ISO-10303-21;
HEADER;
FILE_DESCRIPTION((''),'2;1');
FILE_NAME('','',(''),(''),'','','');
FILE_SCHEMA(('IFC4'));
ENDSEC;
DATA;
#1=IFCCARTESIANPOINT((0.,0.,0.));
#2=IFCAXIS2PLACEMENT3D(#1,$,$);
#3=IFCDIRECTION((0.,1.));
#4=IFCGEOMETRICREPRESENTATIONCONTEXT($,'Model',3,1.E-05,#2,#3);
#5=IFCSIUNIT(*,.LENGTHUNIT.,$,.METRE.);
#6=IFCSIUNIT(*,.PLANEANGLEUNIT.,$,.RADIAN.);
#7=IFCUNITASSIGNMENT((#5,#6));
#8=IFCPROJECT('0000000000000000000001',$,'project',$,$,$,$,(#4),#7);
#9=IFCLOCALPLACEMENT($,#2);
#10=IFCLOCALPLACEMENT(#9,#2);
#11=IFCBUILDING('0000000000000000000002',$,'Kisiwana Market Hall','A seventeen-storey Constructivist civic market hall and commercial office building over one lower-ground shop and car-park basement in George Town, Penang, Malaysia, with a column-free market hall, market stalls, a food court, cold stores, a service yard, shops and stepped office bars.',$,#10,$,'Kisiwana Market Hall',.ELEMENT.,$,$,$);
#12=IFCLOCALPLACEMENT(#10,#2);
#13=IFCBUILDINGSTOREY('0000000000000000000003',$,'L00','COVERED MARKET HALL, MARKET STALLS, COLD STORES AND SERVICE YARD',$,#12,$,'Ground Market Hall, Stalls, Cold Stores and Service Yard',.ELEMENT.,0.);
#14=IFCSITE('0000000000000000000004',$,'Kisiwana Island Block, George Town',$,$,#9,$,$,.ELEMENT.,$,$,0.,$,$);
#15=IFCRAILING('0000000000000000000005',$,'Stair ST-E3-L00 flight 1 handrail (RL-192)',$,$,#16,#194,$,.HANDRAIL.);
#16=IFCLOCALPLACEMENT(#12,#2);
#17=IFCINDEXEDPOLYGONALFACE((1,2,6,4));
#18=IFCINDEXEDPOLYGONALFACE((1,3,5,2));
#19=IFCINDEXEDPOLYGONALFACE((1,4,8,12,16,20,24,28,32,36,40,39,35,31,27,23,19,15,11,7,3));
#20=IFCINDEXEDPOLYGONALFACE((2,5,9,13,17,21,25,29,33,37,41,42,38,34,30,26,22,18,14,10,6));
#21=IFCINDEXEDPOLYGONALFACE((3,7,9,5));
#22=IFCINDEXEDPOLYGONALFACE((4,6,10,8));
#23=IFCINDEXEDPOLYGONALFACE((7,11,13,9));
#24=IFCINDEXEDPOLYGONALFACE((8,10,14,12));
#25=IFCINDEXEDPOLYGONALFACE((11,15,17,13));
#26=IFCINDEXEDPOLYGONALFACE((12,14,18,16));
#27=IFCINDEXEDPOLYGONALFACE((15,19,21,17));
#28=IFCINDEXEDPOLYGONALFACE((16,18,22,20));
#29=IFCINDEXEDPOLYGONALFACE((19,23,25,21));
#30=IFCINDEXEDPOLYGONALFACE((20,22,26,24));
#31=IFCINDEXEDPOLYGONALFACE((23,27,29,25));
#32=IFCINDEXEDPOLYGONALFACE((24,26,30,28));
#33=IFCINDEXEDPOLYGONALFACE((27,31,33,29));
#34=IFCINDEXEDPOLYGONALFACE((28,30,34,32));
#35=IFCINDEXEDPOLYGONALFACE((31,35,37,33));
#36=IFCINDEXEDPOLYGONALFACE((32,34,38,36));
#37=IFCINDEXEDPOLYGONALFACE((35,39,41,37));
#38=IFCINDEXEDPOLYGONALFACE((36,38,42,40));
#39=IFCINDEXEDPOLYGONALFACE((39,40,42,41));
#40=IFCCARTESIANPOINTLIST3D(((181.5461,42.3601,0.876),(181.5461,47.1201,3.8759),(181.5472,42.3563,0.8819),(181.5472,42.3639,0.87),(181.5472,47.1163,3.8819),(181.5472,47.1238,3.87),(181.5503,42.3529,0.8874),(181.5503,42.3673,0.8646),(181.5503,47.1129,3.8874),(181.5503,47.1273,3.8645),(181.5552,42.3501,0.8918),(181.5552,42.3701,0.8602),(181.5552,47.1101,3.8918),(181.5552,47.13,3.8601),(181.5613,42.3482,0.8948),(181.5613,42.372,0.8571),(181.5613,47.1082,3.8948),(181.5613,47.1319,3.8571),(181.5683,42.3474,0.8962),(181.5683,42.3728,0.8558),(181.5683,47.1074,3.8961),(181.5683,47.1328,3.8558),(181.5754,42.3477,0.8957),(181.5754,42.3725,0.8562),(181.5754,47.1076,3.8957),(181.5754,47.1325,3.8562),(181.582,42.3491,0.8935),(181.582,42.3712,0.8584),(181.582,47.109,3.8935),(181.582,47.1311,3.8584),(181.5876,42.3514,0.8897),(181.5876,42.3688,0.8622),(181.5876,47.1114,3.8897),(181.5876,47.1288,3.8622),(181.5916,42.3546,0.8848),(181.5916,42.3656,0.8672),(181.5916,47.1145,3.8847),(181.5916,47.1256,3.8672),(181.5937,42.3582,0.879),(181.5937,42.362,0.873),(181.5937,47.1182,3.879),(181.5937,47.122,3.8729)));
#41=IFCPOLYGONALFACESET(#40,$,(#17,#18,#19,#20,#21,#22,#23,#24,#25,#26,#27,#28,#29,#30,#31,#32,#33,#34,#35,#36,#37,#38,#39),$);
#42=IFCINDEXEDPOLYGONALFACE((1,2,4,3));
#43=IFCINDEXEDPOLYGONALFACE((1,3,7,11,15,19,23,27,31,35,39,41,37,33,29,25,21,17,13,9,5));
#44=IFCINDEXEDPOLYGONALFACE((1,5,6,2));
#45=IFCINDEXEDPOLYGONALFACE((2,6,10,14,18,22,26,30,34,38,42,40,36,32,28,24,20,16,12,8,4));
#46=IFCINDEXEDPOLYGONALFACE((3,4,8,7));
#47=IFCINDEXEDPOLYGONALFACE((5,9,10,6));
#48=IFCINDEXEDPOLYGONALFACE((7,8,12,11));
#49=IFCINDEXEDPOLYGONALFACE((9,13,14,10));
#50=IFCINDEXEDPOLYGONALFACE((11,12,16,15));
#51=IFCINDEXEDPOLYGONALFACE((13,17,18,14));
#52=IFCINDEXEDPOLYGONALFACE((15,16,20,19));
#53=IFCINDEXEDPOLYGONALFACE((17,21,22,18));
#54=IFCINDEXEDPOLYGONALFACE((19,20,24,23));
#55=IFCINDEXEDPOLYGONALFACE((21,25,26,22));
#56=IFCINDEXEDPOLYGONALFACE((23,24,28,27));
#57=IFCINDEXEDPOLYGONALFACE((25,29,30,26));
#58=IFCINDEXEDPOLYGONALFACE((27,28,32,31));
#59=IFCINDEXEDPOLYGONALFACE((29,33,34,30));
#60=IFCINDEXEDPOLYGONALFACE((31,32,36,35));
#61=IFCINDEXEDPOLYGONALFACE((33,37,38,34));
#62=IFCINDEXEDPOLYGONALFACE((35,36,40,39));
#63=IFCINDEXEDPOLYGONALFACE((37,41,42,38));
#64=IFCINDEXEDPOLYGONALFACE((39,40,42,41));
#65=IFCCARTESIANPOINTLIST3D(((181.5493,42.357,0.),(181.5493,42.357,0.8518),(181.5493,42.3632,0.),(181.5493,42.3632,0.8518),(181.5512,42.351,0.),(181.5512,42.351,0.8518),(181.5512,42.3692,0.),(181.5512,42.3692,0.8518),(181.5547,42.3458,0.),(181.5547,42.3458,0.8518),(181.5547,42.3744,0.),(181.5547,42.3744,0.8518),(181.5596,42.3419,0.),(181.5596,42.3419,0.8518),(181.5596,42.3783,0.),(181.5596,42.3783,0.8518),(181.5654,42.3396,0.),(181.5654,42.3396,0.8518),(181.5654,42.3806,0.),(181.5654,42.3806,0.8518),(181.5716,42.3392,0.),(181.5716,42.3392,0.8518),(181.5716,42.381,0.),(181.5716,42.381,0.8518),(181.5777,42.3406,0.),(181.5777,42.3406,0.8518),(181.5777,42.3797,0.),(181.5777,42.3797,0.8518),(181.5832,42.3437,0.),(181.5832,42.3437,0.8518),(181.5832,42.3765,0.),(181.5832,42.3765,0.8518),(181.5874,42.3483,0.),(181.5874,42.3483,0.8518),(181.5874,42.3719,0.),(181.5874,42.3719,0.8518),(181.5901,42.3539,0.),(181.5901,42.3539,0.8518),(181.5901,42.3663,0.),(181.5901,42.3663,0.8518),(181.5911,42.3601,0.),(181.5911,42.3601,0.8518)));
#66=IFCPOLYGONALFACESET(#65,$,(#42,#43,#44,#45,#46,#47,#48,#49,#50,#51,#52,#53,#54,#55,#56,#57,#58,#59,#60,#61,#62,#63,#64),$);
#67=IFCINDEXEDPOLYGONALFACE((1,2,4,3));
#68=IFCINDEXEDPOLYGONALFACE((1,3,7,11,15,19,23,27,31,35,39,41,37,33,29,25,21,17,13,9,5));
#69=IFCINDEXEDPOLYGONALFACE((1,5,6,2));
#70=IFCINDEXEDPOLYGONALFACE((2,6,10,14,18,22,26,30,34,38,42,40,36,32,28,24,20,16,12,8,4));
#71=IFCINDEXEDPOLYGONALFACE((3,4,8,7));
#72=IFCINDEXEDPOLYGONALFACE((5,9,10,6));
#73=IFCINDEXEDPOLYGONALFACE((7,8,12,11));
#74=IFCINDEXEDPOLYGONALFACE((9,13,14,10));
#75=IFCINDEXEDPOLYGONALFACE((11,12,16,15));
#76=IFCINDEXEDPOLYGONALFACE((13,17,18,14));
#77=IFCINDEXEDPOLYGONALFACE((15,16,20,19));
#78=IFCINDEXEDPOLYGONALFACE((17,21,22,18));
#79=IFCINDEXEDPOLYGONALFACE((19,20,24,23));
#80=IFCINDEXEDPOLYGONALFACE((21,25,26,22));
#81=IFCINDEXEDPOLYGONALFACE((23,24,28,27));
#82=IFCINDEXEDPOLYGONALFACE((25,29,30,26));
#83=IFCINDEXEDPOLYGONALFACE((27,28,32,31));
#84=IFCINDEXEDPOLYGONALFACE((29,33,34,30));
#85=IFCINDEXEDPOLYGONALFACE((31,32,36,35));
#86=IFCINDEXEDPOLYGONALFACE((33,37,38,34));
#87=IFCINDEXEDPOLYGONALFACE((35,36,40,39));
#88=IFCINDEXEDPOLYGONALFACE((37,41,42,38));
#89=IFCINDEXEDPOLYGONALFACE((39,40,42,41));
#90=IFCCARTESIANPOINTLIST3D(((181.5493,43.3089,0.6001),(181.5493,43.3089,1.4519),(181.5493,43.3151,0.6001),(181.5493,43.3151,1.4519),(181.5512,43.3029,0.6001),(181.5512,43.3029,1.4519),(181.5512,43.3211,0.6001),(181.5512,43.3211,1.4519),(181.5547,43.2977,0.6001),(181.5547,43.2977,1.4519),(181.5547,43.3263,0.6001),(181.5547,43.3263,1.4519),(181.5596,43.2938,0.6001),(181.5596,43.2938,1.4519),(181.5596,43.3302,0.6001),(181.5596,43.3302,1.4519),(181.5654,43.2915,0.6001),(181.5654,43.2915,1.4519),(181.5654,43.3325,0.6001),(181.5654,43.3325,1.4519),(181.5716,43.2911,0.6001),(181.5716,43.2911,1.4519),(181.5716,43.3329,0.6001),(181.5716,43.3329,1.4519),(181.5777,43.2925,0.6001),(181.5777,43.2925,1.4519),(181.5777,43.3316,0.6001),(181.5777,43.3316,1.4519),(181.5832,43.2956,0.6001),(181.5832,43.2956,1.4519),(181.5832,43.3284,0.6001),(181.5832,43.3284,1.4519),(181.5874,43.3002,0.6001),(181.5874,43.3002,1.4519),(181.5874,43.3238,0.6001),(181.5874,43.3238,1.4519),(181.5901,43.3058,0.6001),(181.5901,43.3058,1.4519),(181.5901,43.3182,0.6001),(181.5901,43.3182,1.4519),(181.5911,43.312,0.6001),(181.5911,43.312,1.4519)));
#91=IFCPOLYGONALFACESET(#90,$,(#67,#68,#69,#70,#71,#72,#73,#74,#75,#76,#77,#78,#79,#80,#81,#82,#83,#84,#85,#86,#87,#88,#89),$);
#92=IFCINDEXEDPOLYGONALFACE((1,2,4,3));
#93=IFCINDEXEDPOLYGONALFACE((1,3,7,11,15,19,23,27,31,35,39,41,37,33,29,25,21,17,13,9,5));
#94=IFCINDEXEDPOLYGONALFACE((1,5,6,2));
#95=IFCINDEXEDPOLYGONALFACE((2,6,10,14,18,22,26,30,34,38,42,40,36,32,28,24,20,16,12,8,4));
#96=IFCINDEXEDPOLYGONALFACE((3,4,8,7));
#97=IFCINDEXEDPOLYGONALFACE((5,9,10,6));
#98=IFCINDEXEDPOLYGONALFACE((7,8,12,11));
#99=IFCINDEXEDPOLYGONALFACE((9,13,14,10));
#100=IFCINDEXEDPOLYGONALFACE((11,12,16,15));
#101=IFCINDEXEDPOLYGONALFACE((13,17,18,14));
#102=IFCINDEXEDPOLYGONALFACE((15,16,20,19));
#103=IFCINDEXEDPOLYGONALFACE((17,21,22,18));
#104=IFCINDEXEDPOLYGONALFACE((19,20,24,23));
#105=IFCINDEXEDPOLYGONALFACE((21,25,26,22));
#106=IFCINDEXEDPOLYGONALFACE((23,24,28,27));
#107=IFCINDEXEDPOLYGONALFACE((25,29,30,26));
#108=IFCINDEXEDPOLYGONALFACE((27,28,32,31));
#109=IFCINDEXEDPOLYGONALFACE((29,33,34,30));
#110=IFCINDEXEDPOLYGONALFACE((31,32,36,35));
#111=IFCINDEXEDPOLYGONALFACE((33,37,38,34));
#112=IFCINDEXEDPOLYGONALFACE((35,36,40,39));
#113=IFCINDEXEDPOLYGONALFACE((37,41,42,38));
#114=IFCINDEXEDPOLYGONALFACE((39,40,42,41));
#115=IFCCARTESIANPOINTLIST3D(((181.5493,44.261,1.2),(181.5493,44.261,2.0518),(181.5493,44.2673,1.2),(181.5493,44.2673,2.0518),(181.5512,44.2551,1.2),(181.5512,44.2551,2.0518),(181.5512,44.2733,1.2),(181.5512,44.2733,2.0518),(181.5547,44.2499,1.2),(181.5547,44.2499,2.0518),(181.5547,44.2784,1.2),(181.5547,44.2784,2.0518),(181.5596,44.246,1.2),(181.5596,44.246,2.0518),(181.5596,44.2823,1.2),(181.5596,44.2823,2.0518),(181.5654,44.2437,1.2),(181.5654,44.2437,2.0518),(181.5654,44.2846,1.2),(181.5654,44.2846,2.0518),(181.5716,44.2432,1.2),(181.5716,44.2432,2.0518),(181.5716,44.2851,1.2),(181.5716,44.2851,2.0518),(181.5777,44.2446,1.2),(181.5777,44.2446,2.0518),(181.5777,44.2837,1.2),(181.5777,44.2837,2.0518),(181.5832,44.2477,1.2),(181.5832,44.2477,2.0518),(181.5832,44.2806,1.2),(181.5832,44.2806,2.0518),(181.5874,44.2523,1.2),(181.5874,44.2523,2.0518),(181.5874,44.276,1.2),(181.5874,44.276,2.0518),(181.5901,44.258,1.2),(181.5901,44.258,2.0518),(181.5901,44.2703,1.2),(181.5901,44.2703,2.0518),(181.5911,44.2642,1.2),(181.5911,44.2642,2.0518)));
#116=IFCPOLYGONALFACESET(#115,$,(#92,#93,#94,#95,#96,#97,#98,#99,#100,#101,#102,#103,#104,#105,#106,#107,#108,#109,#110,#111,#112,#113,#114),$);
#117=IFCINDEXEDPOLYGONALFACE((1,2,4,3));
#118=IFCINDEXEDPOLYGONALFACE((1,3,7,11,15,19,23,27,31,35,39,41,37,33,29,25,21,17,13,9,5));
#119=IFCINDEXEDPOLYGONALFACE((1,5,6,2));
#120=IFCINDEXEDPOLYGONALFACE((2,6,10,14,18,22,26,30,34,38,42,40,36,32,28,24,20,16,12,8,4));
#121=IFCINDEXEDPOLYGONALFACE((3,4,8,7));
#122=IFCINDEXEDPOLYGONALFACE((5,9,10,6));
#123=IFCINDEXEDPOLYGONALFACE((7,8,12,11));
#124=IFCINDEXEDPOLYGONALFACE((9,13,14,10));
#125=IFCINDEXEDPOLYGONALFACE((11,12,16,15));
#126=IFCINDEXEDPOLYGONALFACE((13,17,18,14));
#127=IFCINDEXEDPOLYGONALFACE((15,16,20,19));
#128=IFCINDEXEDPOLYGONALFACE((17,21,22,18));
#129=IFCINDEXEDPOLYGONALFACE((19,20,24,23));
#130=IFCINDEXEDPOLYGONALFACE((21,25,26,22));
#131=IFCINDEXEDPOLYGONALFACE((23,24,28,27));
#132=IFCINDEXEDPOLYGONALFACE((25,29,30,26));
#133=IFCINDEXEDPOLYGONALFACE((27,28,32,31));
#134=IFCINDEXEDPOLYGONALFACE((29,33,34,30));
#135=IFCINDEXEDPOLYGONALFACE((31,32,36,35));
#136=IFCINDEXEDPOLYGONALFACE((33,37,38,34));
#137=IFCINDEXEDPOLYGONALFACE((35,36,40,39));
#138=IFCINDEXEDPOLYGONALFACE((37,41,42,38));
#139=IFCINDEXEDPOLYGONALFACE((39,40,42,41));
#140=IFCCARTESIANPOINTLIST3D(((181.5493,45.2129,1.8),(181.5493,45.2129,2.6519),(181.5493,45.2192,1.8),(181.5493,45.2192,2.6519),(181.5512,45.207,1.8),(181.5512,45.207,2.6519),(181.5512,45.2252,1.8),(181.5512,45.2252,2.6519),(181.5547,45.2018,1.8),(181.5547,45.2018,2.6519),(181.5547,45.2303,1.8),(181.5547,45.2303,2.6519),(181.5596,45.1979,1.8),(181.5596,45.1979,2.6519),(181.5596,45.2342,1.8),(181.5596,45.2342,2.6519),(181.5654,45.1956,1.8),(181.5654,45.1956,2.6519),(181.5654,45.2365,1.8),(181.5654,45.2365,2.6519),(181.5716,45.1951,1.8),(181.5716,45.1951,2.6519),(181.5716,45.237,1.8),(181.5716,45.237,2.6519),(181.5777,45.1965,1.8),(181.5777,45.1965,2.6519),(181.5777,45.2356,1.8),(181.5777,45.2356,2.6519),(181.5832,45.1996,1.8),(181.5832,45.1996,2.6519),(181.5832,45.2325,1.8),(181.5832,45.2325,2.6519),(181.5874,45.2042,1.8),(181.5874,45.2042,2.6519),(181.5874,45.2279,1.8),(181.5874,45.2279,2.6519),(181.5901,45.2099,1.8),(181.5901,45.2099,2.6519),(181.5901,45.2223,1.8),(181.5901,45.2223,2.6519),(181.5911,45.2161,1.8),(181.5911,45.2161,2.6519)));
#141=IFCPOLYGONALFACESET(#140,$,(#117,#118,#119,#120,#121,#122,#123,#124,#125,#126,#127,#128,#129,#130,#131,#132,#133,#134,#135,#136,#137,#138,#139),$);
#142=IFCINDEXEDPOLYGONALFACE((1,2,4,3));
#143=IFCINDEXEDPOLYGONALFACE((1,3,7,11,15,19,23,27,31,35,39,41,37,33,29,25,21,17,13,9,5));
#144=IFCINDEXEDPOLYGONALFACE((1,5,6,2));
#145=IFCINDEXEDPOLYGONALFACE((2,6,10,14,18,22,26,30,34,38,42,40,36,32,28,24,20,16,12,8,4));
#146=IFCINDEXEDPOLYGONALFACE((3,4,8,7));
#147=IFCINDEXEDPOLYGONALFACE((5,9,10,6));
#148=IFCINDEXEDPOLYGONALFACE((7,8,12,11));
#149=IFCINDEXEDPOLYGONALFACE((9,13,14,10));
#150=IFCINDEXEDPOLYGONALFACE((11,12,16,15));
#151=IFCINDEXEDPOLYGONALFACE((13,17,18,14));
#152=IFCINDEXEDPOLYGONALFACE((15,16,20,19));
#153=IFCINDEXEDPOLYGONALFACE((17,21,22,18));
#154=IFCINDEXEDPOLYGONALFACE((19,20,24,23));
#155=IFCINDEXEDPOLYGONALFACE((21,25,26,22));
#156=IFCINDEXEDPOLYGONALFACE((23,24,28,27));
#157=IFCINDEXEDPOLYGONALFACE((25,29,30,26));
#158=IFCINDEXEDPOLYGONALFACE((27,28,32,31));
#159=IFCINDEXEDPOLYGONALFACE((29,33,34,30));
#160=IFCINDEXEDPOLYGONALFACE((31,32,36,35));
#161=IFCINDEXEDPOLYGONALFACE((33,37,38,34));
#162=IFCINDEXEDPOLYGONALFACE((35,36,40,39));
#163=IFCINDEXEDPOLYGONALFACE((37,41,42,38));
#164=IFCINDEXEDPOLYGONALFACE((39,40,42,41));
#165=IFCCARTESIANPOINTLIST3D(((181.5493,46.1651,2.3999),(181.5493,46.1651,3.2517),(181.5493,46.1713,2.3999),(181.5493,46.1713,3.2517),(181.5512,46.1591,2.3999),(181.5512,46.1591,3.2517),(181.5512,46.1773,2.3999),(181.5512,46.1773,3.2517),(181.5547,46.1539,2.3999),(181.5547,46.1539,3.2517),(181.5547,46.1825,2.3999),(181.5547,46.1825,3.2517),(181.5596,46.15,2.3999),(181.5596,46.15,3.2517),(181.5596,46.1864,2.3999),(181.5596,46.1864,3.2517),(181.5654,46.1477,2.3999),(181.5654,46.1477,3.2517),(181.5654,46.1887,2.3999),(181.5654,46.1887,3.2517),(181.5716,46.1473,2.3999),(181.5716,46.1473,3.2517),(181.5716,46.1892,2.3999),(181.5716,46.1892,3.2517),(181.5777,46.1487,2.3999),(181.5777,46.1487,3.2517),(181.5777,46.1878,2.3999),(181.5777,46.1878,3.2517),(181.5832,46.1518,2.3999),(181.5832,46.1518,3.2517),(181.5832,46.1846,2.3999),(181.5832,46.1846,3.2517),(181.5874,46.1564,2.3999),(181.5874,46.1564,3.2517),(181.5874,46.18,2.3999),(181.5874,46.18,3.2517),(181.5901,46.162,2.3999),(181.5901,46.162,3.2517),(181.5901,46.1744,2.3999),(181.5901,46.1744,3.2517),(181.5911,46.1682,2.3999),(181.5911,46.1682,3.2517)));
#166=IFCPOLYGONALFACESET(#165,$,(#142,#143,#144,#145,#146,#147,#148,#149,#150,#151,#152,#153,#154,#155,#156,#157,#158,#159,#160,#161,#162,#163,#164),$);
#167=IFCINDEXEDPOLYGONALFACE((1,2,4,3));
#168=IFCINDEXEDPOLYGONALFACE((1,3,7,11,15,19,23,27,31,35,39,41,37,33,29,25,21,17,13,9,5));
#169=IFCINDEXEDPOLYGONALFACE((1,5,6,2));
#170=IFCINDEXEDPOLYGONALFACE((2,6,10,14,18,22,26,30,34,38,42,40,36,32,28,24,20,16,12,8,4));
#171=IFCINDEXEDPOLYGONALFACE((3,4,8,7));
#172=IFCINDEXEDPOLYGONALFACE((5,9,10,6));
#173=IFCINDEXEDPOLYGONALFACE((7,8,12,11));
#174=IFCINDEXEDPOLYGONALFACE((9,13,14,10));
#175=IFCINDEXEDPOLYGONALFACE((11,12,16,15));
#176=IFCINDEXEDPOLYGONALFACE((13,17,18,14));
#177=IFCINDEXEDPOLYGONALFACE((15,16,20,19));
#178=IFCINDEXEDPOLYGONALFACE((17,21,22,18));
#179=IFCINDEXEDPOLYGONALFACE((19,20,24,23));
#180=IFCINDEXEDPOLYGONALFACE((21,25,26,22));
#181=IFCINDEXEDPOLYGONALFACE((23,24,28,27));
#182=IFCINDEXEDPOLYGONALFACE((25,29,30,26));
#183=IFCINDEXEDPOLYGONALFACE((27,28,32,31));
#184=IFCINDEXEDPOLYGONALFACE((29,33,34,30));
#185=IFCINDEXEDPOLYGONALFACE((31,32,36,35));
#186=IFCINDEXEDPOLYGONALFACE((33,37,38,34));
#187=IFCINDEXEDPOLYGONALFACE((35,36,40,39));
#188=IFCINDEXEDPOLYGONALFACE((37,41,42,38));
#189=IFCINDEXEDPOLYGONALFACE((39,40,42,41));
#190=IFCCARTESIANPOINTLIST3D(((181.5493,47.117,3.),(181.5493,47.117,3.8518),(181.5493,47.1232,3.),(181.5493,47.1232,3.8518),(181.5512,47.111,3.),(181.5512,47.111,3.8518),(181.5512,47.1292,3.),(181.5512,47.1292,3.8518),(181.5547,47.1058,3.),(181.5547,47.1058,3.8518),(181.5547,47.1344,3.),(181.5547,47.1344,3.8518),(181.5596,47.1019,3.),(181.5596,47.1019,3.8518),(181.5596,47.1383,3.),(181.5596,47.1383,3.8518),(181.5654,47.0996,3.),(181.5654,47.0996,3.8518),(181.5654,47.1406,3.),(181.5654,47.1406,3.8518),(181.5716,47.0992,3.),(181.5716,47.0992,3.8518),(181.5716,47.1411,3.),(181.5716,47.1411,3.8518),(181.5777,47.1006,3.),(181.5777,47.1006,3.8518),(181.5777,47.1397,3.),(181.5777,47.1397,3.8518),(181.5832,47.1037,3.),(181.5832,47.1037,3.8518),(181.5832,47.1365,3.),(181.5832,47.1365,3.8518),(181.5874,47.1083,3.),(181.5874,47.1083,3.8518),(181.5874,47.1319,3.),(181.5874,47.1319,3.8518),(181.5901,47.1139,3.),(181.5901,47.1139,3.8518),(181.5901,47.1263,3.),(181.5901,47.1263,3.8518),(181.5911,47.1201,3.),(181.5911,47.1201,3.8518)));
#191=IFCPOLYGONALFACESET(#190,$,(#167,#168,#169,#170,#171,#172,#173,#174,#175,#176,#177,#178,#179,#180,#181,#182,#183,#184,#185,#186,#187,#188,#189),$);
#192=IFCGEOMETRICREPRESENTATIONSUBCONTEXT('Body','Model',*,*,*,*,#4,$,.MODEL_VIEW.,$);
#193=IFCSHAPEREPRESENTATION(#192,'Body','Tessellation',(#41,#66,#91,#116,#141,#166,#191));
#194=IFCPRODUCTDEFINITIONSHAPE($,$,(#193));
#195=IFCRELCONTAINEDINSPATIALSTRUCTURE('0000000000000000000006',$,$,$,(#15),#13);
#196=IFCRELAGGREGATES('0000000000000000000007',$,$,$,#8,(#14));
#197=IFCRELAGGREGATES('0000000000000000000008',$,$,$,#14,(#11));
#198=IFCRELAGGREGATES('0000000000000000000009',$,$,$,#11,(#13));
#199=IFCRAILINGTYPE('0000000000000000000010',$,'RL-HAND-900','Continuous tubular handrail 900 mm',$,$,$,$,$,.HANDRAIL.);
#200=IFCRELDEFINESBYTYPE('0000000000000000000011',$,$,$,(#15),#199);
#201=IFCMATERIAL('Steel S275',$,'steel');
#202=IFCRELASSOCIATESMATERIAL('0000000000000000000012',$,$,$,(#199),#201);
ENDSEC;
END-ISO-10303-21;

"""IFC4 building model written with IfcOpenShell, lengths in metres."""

from ifc_helpers import new_model, si_unit, direction, frame, origin, origin_2d, place, context, subcontext, project, spatial, circle, extrude, material, type_object, element, save


model = new_model("IFC4")

# Units and contexts
model_context = context("Model", 3, precision=1e-05, world=origin(), true_north=direction((0.0, 1.0)))
body_context = subcontext(model_context, "Body", "Model", "MODEL_VIEW")
ifc_project = project(units=[si_unit("LENGTHUNIT", "METRE"), si_unit("PLANEANGLEUNIT", "RADIAN")], contexts=[model_context])

# Site, building, storey
site_placement = place(None, origin())
site = spatial("IfcSite", under=ifc_project, at=site_placement, Name="Kisiwana Island Block, George Town", CompositionType="ELEMENT", RefElevation=0.0)
building_placement = place(site_placement, origin())
building = spatial("IfcBuilding", under=site, at=building_placement, Name="Kisiwana Market Hall", Description="A seventeen-storey Constructivist civic market hall and commercial office building over one lower-ground shop and car-park basement in George Town, Penang, Malaysia, with a column-free market hall, market stalls, a food court, cold stores, a service yard, shops and stepped office bars.", LongName="Kisiwana Market Hall", CompositionType="ELEMENT")
storey_placement = place(building_placement, origin())
storey = spatial("IfcBuildingStorey", under=building, at=storey_placement, Name="L00", Description="COVERED MARKET HALL, MARKET STALLS, COLD STORES AND SERVICE YARD", LongName="Ground Market Hall, Stalls, Cold Stores and Service Yard", CompositionType="ELEMENT", Elevation=0.0)

# Railing
ifc_material_1 = material(Name="Steel S275", Category="steel")
railing_type_1 = type_object("IfcRailingType", Name="RL-HAND-900", Description="Continuous tubular handrail 900 mm", PredefinedType="HANDRAIL", material=ifc_material_1)
for number, where, name in (
    (1, (181.5701, 42.3601, 0.0), "Stair ST-E3-L00 flight 1 handrail (RL-192)"),
):
    element("IfcRailing", number, at=place(storey_placement, frame(where)), inside=storey, type_object=railing_type_1, Name=name, PredefinedType="HANDRAIL", context=body_context, shape_type="SweptSolid", body=[
        extrude(circle(Radius=0.0239, at=origin_2d()), frame((0.0, 0.0, 0.876), z_axis=(0.0, 0.845996, 0.53319), x_axis=(-1.0, 0.0, 0.0)), (0.0, 0.0, 1.0), 5.6265),
        extrude(circle(Radius=0.021, at=origin_2d()), origin(), (0.0, 0.0, 1.0), 0.8518),
        extrude(circle(Radius=0.021, at=origin_2d()), frame((0.0, 0.9519, 0.6001)), (0.0, 0.0, 1.0), 0.8518),
        extrude(circle(Radius=0.021, at=origin_2d()), frame((0.0, 1.9041, 1.2)), (0.0, 0.0, 1.0), 0.8518),
        extrude(circle(Radius=0.021, at=origin_2d()), frame((0.0, 2.856, 1.8)), (0.0, 0.0, 1.0), 0.8518),
        extrude(circle(Radius=0.021, at=origin_2d()), frame((0.0, 3.8081, 2.3999)), (0.0, 0.0, 1.0), 0.8518),
        extrude(circle(Radius=0.021, at=origin_2d()), frame((0.0, 4.76, 3.0)), (0.0, 0.0, 1.0), 0.8518),
    ])

save(model, "model.ifc")
